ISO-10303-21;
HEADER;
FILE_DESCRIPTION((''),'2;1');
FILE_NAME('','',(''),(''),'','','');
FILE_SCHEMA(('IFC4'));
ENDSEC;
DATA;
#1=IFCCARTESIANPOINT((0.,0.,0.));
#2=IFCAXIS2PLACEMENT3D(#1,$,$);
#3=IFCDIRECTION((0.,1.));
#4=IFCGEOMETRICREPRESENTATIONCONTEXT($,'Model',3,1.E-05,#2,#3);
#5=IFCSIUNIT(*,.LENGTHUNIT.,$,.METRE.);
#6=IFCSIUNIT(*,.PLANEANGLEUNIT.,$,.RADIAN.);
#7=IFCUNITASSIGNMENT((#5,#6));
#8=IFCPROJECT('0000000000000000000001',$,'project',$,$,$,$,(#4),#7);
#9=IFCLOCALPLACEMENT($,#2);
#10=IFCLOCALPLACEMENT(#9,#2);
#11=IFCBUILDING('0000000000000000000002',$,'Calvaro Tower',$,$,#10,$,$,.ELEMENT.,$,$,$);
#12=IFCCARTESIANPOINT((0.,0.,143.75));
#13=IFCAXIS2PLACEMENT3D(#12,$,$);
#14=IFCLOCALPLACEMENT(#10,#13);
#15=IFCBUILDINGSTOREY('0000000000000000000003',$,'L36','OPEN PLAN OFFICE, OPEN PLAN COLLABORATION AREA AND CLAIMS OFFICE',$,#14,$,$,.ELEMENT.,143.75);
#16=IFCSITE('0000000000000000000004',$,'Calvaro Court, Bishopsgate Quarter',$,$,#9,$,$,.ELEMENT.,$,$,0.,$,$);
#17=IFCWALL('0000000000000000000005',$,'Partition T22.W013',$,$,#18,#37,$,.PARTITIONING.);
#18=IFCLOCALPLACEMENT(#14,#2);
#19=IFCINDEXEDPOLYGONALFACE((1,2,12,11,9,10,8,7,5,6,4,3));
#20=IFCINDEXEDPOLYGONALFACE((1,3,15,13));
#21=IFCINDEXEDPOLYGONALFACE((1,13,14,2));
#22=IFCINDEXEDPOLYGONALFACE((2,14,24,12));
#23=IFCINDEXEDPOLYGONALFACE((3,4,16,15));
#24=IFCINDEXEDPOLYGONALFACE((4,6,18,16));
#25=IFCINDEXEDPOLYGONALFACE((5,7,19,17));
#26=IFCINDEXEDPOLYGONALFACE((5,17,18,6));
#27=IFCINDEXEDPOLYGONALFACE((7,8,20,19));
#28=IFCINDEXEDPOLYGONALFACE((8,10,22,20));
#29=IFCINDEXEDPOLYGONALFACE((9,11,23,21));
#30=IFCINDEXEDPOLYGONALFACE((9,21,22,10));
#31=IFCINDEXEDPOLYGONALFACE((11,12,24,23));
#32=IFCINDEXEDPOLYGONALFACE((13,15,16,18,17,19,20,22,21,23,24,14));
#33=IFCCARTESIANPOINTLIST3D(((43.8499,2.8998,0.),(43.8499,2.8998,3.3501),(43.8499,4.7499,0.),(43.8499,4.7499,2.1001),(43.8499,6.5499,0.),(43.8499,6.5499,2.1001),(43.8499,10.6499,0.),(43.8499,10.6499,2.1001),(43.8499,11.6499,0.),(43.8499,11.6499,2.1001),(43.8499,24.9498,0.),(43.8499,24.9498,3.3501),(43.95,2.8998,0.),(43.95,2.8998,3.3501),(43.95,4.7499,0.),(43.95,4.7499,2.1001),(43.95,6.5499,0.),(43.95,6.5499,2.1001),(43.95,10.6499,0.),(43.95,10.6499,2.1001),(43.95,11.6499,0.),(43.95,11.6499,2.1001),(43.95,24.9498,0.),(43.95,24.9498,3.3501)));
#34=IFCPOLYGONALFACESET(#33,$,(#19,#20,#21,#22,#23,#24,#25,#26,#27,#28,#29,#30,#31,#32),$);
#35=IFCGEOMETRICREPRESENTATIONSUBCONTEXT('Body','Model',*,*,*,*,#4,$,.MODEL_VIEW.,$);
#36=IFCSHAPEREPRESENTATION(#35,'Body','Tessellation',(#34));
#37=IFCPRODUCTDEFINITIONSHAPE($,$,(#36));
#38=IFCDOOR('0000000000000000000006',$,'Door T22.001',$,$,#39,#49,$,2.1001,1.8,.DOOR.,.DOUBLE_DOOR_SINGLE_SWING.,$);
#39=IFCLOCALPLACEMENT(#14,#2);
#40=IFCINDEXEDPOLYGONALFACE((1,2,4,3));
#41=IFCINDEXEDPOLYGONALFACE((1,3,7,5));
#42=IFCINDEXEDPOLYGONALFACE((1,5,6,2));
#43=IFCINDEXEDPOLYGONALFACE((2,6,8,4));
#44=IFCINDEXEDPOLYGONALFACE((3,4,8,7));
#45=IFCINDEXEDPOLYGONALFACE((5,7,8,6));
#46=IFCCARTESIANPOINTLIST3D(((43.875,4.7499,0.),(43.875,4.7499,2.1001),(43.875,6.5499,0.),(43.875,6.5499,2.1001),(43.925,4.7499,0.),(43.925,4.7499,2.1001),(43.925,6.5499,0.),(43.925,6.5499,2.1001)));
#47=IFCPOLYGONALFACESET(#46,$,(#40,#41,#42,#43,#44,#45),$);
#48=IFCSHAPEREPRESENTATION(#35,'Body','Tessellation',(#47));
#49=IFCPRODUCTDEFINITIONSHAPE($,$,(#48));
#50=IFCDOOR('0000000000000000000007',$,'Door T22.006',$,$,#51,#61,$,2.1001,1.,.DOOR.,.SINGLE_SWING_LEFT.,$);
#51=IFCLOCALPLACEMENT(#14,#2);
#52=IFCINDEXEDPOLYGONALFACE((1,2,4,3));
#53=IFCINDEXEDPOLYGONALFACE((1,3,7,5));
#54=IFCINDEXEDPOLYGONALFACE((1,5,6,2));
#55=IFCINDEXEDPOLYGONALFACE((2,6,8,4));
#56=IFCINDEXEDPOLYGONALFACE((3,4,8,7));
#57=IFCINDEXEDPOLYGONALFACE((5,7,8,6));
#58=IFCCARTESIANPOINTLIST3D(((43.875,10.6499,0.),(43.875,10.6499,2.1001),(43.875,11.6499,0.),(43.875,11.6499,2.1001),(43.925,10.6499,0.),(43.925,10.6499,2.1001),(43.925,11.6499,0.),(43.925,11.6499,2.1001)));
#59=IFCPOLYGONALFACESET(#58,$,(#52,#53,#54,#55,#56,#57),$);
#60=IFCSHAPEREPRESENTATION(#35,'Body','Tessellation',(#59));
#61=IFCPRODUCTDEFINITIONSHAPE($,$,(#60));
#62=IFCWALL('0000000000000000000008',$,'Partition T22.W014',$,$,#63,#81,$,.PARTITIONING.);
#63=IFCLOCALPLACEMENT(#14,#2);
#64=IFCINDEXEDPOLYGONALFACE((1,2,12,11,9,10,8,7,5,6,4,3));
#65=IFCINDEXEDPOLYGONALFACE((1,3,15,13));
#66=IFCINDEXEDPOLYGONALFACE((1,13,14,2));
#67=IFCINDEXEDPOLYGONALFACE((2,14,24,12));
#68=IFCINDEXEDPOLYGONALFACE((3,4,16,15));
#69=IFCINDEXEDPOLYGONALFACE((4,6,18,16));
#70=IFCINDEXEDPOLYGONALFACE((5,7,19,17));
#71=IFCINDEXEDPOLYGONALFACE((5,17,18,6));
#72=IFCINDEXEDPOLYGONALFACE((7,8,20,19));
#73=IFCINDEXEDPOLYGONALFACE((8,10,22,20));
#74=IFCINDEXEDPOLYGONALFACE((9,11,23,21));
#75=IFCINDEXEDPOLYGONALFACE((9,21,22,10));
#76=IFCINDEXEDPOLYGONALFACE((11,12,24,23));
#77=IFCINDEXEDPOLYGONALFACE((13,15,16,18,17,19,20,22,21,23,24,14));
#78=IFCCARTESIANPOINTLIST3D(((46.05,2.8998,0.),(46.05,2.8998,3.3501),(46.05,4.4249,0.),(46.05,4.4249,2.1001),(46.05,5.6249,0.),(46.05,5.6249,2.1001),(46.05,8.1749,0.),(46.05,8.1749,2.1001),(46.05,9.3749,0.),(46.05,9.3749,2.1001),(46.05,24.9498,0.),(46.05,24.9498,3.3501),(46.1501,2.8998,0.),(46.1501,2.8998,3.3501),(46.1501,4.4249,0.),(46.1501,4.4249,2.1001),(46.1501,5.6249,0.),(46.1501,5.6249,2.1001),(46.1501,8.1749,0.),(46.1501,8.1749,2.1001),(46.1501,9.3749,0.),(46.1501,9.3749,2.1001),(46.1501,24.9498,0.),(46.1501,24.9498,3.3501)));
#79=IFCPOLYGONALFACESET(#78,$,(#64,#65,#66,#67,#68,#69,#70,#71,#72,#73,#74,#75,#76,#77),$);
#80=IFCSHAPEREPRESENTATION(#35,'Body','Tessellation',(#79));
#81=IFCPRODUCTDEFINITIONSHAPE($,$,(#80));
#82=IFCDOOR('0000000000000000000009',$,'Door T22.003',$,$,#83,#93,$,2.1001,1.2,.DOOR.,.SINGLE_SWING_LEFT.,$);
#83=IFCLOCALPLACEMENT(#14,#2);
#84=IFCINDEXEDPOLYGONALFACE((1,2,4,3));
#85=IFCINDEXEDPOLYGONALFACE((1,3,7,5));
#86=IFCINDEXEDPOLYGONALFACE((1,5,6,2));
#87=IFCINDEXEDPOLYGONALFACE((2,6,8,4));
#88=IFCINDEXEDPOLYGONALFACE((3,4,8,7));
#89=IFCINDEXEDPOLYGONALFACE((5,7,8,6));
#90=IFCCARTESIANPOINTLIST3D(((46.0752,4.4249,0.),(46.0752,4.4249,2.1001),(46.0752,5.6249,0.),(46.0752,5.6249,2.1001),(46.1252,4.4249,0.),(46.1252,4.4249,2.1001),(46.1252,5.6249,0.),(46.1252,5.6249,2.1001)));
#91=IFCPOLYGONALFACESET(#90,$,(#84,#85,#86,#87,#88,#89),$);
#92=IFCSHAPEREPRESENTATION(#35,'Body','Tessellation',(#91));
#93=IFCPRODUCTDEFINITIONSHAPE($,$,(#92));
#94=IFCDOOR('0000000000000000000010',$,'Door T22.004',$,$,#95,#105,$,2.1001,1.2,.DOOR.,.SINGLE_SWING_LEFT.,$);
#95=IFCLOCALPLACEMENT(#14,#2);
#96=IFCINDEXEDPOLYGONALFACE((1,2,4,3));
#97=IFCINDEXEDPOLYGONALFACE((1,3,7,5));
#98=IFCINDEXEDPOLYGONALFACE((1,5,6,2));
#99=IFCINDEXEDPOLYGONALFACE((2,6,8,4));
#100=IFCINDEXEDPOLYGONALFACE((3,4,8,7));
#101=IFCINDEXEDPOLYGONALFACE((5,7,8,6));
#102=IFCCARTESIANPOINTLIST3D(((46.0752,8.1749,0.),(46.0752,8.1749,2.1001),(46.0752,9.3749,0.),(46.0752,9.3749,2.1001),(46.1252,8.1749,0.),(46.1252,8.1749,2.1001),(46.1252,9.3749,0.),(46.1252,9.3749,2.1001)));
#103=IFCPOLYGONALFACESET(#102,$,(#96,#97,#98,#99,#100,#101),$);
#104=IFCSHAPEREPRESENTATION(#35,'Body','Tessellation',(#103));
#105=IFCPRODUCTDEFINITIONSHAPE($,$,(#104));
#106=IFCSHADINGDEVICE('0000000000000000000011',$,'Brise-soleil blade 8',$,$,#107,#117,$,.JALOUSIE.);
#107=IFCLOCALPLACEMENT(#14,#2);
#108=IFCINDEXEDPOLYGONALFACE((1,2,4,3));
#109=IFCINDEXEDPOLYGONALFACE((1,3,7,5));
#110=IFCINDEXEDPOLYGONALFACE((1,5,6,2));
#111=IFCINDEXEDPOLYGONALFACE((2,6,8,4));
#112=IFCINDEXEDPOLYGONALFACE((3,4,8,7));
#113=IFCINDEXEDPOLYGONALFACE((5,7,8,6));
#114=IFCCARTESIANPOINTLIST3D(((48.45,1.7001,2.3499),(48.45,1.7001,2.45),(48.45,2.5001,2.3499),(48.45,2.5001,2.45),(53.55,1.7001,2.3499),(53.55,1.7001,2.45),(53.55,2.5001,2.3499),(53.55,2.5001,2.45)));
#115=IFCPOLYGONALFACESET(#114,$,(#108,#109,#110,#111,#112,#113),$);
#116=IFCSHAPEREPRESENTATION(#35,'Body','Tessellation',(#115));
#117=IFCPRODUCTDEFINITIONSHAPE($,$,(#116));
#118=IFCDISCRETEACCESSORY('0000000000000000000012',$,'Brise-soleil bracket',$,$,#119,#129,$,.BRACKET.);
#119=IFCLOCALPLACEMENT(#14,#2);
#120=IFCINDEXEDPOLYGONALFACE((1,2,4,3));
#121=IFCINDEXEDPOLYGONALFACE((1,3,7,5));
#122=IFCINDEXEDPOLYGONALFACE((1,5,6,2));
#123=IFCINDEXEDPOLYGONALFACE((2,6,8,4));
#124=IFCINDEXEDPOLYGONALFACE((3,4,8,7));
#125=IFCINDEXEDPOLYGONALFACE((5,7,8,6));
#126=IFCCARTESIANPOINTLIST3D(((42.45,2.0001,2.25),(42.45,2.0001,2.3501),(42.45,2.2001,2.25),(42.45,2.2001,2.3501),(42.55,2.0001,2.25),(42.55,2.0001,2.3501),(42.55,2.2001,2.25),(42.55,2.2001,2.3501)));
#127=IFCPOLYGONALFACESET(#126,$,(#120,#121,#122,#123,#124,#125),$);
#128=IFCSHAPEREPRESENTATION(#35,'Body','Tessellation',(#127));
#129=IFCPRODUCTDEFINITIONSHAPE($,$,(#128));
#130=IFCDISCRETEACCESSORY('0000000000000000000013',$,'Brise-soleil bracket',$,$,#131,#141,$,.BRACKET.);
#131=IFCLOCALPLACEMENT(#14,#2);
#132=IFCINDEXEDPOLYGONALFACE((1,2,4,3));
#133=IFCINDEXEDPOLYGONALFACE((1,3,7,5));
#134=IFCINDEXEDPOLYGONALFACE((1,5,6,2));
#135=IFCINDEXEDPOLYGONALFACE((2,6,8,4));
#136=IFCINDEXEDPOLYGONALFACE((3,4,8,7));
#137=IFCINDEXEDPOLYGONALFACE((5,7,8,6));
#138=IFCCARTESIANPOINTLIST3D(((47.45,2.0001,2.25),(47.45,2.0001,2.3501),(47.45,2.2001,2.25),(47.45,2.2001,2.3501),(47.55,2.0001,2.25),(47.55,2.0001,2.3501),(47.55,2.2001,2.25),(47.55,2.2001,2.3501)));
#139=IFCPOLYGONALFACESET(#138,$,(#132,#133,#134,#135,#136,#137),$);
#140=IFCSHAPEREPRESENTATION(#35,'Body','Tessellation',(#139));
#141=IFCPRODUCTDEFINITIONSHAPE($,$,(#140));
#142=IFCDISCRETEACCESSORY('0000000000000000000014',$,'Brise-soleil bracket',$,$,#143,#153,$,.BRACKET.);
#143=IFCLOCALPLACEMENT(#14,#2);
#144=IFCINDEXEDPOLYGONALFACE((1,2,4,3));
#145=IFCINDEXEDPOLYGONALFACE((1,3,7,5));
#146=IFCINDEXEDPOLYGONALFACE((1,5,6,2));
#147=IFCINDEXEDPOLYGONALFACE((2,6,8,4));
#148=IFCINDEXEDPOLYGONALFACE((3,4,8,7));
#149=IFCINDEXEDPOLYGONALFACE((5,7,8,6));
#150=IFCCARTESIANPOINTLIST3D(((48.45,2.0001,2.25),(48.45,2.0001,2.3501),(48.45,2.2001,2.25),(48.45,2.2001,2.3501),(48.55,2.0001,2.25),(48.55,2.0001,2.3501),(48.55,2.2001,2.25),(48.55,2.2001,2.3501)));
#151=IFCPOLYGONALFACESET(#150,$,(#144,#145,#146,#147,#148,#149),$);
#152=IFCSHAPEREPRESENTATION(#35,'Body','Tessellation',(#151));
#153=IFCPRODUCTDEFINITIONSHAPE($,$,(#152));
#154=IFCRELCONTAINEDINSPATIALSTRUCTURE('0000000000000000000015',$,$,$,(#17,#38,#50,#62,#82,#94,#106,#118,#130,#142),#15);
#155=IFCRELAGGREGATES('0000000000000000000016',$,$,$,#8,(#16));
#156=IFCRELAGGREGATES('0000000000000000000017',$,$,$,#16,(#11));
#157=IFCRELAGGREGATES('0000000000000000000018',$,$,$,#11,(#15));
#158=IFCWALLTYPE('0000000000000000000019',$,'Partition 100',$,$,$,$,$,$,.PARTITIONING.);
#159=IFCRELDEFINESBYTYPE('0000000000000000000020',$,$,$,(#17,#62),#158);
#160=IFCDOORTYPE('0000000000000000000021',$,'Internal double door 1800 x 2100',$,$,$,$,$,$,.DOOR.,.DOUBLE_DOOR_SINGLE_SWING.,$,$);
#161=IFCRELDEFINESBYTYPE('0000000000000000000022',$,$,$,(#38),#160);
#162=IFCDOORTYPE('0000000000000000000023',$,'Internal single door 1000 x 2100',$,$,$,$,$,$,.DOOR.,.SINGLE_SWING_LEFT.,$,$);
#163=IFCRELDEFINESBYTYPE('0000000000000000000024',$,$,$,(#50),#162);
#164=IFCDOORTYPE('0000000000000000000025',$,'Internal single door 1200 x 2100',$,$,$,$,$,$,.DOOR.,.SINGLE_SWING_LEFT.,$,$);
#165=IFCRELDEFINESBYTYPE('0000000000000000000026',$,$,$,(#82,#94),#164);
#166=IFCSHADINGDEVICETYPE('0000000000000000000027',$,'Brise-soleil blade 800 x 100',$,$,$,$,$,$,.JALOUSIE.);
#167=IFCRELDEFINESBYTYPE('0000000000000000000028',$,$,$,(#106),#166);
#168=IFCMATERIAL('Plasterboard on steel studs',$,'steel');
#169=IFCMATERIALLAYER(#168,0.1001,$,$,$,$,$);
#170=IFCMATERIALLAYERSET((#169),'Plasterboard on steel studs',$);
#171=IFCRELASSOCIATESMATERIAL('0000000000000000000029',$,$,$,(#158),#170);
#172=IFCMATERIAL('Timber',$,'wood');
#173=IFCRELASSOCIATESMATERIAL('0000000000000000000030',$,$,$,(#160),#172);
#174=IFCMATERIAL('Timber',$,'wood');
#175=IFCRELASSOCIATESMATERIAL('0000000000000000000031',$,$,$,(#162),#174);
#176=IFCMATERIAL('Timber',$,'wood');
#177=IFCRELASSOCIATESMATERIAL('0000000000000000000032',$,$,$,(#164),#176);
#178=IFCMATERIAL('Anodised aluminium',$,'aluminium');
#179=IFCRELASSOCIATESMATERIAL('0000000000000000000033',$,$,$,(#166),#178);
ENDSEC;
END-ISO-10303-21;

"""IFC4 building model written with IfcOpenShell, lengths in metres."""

from ifc_helpers import new_model, si_unit, direction, frame, frame_2d, origin, origin_2d, place, context, subcontext, project, spatial, rectangle, extrude, material, layer, layer_set, material_profile, profile_set, type_object, element, fill, save


model = new_model("IFC4")

# Units and contexts
model_context = context("Model", 3, precision=1e-05, world=origin(), true_north=direction((0.0, 1.0)))
body_context = subcontext(model_context, "Body", "Model", "MODEL_VIEW")
ifc_project = project(units=[si_unit("LENGTHUNIT", "METRE"), si_unit("PLANEANGLEUNIT", "RADIAN")], contexts=[model_context])

# Site, building, storey
site_placement = place(None, origin())
site = spatial("IfcSite", under=ifc_project, at=site_placement, Name="Calvaro Court, Bishopsgate Quarter", CompositionType="ELEMENT", RefElevation=0.0)
building_placement = place(site_placement, origin())
building = spatial("IfcBuilding", under=site, at=building_placement, Name="Calvaro Tower", CompositionType="ELEMENT")
storey_placement = place(building_placement, frame((0.0, 0.0, 143.75)))
storey = spatial("IfcBuildingStorey", under=building, at=storey_placement, Name="L36", Description="OPEN PLAN OFFICE, OPEN PLAN COLLABORATION AREA AND CLAIMS OFFICE", CompositionType="ELEMENT", Elevation=143.75)

# Walls, openings, doors
ifc_material_1 = material(Name="Plasterboard on steel studs", Category="steel")
ifc_layer_1 = layer(ifc_material_1, 0.1001)
ifc_layer_set_1 = layer_set([ifc_layer_1], Name="Plasterboard on steel studs")
wall_type = type_object("IfcWallType", Name="Partition 100", PredefinedType="PARTITIONING", material=ifc_layer_set_1)
wall_1_placement = place(storey_placement, frame((43.8999, 2.8999, 0.0), z_axis=(0.0, 0.0, 1.0), x_axis=(0.0, 1.0, 0.0)))
wall_1 = element("IfcWall", 1, at=wall_1_placement, inside=storey, type_object=wall_type, Name="Partition T22.W013", PredefinedType="PARTITIONING", context=body_context, shape_type="SweptSolid", body=[
    extrude(rectangle(XDim=22.05, YDim=0.1001, at=frame_2d((11.0249, 0.0))), origin(), (0.0, 0.0, 1.0), 3.3501),
])
opening_1_placement = place(wall_1_placement, frame((1.8501, 0.0, 0.0)))
opening_1 = element("IfcOpeningElement", 2, at=opening_1_placement, cuts=wall_1, PredefinedType="OPENING", context=body_context, shape_type="SweptSolid", body=[
    extrude(rectangle(XDim=1.8, YDim=2.1001, at=frame_2d((0.8999, 1.05))), frame((0.0, 0.0601, 0.0), z_axis=(0.0, -1.0, 0.0), x_axis=(1.0, 0.0, 0.0)), (0.0, 0.0, 1.0), 0.1201),
])
opening_2_placement = place(wall_1_placement, frame((7.75, 0.0, 0.0)))
opening_2 = element("IfcOpeningElement", 3, at=opening_2_placement, cuts=wall_1, PredefinedType="OPENING", context=body_context, shape_type="SweptSolid", body=[
    extrude(rectangle(XDim=1.0, YDim=2.1001, at=frame_2d((0.5, 1.05))), frame((0.0, 0.0601, 0.0), z_axis=(0.0, -1.0, 0.0), x_axis=(1.0, 0.0, 0.0)), (0.0, 0.0, 1.0), 0.1201),
])
ifc_material_2 = material(Name="Timber", Category="wood")
door_type_1 = type_object("IfcDoorType", Name="Internal double door 1800 x 2100", OperationType="DOUBLE_DOOR_SINGLE_SWING", PredefinedType="DOOR", material=ifc_material_2)
door_1_placement = place(opening_1_placement, origin())
door_1 = element("IfcDoor", 4, at=door_1_placement, inside=storey, type_object=door_type_1, Name="Door T22.001", OperationType="DOUBLE_DOOR_SINGLE_SWING", OverallHeight=2.1001, OverallWidth=1.8, PredefinedType="DOOR", context=body_context, shape_type="SweptSolid", body=[
    extrude(rectangle(XDim=1.8, YDim=2.1001, at=frame_2d((0.8999, 1.05))), frame((0.0, 0.0249, 0.0), z_axis=(0.0, -1.0, 0.0), x_axis=(1.0, 0.0, 0.0)), (0.0, 0.0, 1.0), 0.05),
])
fill(opening_1, door_1)
ifc_material_3 = material(Name="Timber", Category="wood")
door_type_2 = type_object("IfcDoorType", Name="Internal single door 1000 x 2100", OperationType="SINGLE_SWING_LEFT", PredefinedType="DOOR", material=ifc_material_3)
door_2_placement = place(opening_2_placement, origin())
door_2 = element("IfcDoor", 5, at=door_2_placement, inside=storey, type_object=door_type_2, Name="Door T22.006", OperationType="SINGLE_SWING_LEFT", OverallHeight=2.1001, OverallWidth=1.0, PredefinedType="DOOR", context=body_context, shape_type="SweptSolid", body=[
    extrude(rectangle(XDim=1.0, YDim=2.1001, at=frame_2d((0.5, 1.05))), frame((0.0, 0.0249, 0.0), z_axis=(0.0, -1.0, 0.0), x_axis=(1.0, 0.0, 0.0)), (0.0, 0.0, 1.0), 0.05),
])
fill(opening_2, door_2)
wall_2_placement = place(storey_placement, frame((46.1001, 2.8999, 0.0), z_axis=(0.0, 0.0, 1.0), x_axis=(0.0, 1.0, 0.0)))
wall_2 = element("IfcWall", 6, at=wall_2_placement, inside=storey, type_object=wall_type, Name="Partition T22.W014", PredefinedType="PARTITIONING", context=body_context, shape_type="SweptSolid", body=[
    extrude(rectangle(XDim=22.05, YDim=0.1001, at=frame_2d((11.0249, 0.0))), origin(), (0.0, 0.0, 1.0), 3.3501),
])
opening_3_placement = place(wall_2_placement, frame((1.5249, 0.0, 0.0)))
opening_3 = element("IfcOpeningElement", 7, at=opening_3_placement, cuts=wall_2, PredefinedType="OPENING", context=body_context, shape_type="SweptSolid", body=[
    extrude(rectangle(XDim=1.2, YDim=2.1001, at=frame_2d((0.6001, 1.05))), frame((0.0, 0.0601, 0.0), z_axis=(0.0, -1.0, 0.0), x_axis=(1.0, 0.0, 0.0)), (0.0, 0.0, 1.0), 0.1201),
])
opening_4_placement = place(wall_2_placement, frame((5.2749, 0.0, 0.0)))
opening_4 = element("IfcOpeningElement", 8, at=opening_4_placement, cuts=wall_2, PredefinedType="OPENING", context=body_context, shape_type="SweptSolid", body=[
    extrude(rectangle(XDim=1.2, YDim=2.1001, at=frame_2d((0.6001, 1.05))), frame((0.0, 0.0601, 0.0), z_axis=(0.0, -1.0, 0.0), x_axis=(1.0, 0.0, 0.0)), (0.0, 0.0, 1.0), 0.1201),
])
ifc_material_4 = material(Name="Timber", Category="wood")
door_type_3 = type_object("IfcDoorType", Name="Internal single door 1200 x 2100", OperationType="SINGLE_SWING_LEFT", PredefinedType="DOOR", material=ifc_material_4)
door_3_placement = place(opening_3_placement, origin())
door_3 = element("IfcDoor", 9, at=door_3_placement, inside=storey, type_object=door_type_3, Name="Door T22.003", OperationType="SINGLE_SWING_LEFT", OverallHeight=2.1001, OverallWidth=1.2, PredefinedType="DOOR", context=body_context, shape_type="SweptSolid", body=[
    extrude(rectangle(XDim=1.2, YDim=2.1001, at=frame_2d((0.6001, 1.05))), frame((0.0, 0.0249, 0.0), z_axis=(0.0, -1.0, 0.0), x_axis=(1.0, 0.0, 0.0)), (0.0, 0.0, 1.0), 0.05),
])
fill(opening_3, door_3)
door_4_placement = place(opening_4_placement, origin())
door_4 = element("IfcDoor", 10, at=door_4_placement, inside=storey, type_object=door_type_3, Name="Door T22.004", OperationType="SINGLE_SWING_LEFT", OverallHeight=2.1001, OverallWidth=1.2, PredefinedType="DOOR", context=body_context, shape_type="SweptSolid", body=[
    extrude(rectangle(XDim=1.2, YDim=2.1001, at=frame_2d((0.6001, 1.05))), frame((0.0, 0.0249, 0.0), z_axis=(0.0, -1.0, 0.0), x_axis=(1.0, 0.0, 0.0)), (0.0, 0.0, 1.0), 0.05),
])
fill(opening_4, door_4)

# Shading device
ifc_material_5 = material(Name="Anodised aluminium", Category="aluminium")
ifc_material_profile_1 = material_profile(ifc_material_5, rectangle(XDim=0.8, YDim=0.1001, at=origin_2d()), Name="Brise-soleil blade 800 x 100")
ifc_profile_set_1 = profile_set([ifc_material_profile_1], Name="Anodised aluminium")
shading_device_type = type_object("IfcShadingDeviceType", Name="Brise-soleil blade 800 x 100", PredefinedType="JALOUSIE", material=ifc_profile_set_1)
shading_device_placement = place(storey_placement, frame((48.45, 2.1001, 2.3999), z_axis=(1.0, 0.0, 0.0), x_axis=(0.0, 1.0, 0.0)))
element("IfcShadingDevice", 11, at=shading_device_placement, inside=storey, type_object=shading_device_type, Name="Brise-soleil blade 8", PredefinedType="JALOUSIE", context=body_context, shape_type="SweptSolid", body=[
    extrude(rectangle(XDim=0.8, YDim=0.1001, at=origin_2d()), origin(), (0.0, 0.0, 1.0), 5.1001),
])

# Discrete accessories
for number, where, z_axis, x_axis, name in (
    (12, (42.5, 2.1001, 2.25), (0.0, 0.0, 1.0), (1.0, 0.0, 0.0), "Brise-soleil bracket"),
    (13, (47.5, 2.1001, 2.25), (0.0, 0.0, 1.0), (1.0, 0.0, 0.0), "Brise-soleil bracket"),
    (14, (48.5, 2.1001, 2.25), (0.0, 0.0, 1.0), (1.0, 0.0, 0.0), "Brise-soleil bracket"),
):
    element("IfcDiscreteAccessory", number, at=place(storey_placement, frame(where, z_axis=z_axis, x_axis=x_axis)), inside=storey, Name=name, PredefinedType="BRACKET", context=body_context, shape_type="SweptSolid", body=[
        extrude(rectangle(XDim=0.1001, YDim=0.2, at=origin_2d()), origin(), (0.0, 0.0, 1.0), 0.1001),
    ])

save(model, "model.ifc")
